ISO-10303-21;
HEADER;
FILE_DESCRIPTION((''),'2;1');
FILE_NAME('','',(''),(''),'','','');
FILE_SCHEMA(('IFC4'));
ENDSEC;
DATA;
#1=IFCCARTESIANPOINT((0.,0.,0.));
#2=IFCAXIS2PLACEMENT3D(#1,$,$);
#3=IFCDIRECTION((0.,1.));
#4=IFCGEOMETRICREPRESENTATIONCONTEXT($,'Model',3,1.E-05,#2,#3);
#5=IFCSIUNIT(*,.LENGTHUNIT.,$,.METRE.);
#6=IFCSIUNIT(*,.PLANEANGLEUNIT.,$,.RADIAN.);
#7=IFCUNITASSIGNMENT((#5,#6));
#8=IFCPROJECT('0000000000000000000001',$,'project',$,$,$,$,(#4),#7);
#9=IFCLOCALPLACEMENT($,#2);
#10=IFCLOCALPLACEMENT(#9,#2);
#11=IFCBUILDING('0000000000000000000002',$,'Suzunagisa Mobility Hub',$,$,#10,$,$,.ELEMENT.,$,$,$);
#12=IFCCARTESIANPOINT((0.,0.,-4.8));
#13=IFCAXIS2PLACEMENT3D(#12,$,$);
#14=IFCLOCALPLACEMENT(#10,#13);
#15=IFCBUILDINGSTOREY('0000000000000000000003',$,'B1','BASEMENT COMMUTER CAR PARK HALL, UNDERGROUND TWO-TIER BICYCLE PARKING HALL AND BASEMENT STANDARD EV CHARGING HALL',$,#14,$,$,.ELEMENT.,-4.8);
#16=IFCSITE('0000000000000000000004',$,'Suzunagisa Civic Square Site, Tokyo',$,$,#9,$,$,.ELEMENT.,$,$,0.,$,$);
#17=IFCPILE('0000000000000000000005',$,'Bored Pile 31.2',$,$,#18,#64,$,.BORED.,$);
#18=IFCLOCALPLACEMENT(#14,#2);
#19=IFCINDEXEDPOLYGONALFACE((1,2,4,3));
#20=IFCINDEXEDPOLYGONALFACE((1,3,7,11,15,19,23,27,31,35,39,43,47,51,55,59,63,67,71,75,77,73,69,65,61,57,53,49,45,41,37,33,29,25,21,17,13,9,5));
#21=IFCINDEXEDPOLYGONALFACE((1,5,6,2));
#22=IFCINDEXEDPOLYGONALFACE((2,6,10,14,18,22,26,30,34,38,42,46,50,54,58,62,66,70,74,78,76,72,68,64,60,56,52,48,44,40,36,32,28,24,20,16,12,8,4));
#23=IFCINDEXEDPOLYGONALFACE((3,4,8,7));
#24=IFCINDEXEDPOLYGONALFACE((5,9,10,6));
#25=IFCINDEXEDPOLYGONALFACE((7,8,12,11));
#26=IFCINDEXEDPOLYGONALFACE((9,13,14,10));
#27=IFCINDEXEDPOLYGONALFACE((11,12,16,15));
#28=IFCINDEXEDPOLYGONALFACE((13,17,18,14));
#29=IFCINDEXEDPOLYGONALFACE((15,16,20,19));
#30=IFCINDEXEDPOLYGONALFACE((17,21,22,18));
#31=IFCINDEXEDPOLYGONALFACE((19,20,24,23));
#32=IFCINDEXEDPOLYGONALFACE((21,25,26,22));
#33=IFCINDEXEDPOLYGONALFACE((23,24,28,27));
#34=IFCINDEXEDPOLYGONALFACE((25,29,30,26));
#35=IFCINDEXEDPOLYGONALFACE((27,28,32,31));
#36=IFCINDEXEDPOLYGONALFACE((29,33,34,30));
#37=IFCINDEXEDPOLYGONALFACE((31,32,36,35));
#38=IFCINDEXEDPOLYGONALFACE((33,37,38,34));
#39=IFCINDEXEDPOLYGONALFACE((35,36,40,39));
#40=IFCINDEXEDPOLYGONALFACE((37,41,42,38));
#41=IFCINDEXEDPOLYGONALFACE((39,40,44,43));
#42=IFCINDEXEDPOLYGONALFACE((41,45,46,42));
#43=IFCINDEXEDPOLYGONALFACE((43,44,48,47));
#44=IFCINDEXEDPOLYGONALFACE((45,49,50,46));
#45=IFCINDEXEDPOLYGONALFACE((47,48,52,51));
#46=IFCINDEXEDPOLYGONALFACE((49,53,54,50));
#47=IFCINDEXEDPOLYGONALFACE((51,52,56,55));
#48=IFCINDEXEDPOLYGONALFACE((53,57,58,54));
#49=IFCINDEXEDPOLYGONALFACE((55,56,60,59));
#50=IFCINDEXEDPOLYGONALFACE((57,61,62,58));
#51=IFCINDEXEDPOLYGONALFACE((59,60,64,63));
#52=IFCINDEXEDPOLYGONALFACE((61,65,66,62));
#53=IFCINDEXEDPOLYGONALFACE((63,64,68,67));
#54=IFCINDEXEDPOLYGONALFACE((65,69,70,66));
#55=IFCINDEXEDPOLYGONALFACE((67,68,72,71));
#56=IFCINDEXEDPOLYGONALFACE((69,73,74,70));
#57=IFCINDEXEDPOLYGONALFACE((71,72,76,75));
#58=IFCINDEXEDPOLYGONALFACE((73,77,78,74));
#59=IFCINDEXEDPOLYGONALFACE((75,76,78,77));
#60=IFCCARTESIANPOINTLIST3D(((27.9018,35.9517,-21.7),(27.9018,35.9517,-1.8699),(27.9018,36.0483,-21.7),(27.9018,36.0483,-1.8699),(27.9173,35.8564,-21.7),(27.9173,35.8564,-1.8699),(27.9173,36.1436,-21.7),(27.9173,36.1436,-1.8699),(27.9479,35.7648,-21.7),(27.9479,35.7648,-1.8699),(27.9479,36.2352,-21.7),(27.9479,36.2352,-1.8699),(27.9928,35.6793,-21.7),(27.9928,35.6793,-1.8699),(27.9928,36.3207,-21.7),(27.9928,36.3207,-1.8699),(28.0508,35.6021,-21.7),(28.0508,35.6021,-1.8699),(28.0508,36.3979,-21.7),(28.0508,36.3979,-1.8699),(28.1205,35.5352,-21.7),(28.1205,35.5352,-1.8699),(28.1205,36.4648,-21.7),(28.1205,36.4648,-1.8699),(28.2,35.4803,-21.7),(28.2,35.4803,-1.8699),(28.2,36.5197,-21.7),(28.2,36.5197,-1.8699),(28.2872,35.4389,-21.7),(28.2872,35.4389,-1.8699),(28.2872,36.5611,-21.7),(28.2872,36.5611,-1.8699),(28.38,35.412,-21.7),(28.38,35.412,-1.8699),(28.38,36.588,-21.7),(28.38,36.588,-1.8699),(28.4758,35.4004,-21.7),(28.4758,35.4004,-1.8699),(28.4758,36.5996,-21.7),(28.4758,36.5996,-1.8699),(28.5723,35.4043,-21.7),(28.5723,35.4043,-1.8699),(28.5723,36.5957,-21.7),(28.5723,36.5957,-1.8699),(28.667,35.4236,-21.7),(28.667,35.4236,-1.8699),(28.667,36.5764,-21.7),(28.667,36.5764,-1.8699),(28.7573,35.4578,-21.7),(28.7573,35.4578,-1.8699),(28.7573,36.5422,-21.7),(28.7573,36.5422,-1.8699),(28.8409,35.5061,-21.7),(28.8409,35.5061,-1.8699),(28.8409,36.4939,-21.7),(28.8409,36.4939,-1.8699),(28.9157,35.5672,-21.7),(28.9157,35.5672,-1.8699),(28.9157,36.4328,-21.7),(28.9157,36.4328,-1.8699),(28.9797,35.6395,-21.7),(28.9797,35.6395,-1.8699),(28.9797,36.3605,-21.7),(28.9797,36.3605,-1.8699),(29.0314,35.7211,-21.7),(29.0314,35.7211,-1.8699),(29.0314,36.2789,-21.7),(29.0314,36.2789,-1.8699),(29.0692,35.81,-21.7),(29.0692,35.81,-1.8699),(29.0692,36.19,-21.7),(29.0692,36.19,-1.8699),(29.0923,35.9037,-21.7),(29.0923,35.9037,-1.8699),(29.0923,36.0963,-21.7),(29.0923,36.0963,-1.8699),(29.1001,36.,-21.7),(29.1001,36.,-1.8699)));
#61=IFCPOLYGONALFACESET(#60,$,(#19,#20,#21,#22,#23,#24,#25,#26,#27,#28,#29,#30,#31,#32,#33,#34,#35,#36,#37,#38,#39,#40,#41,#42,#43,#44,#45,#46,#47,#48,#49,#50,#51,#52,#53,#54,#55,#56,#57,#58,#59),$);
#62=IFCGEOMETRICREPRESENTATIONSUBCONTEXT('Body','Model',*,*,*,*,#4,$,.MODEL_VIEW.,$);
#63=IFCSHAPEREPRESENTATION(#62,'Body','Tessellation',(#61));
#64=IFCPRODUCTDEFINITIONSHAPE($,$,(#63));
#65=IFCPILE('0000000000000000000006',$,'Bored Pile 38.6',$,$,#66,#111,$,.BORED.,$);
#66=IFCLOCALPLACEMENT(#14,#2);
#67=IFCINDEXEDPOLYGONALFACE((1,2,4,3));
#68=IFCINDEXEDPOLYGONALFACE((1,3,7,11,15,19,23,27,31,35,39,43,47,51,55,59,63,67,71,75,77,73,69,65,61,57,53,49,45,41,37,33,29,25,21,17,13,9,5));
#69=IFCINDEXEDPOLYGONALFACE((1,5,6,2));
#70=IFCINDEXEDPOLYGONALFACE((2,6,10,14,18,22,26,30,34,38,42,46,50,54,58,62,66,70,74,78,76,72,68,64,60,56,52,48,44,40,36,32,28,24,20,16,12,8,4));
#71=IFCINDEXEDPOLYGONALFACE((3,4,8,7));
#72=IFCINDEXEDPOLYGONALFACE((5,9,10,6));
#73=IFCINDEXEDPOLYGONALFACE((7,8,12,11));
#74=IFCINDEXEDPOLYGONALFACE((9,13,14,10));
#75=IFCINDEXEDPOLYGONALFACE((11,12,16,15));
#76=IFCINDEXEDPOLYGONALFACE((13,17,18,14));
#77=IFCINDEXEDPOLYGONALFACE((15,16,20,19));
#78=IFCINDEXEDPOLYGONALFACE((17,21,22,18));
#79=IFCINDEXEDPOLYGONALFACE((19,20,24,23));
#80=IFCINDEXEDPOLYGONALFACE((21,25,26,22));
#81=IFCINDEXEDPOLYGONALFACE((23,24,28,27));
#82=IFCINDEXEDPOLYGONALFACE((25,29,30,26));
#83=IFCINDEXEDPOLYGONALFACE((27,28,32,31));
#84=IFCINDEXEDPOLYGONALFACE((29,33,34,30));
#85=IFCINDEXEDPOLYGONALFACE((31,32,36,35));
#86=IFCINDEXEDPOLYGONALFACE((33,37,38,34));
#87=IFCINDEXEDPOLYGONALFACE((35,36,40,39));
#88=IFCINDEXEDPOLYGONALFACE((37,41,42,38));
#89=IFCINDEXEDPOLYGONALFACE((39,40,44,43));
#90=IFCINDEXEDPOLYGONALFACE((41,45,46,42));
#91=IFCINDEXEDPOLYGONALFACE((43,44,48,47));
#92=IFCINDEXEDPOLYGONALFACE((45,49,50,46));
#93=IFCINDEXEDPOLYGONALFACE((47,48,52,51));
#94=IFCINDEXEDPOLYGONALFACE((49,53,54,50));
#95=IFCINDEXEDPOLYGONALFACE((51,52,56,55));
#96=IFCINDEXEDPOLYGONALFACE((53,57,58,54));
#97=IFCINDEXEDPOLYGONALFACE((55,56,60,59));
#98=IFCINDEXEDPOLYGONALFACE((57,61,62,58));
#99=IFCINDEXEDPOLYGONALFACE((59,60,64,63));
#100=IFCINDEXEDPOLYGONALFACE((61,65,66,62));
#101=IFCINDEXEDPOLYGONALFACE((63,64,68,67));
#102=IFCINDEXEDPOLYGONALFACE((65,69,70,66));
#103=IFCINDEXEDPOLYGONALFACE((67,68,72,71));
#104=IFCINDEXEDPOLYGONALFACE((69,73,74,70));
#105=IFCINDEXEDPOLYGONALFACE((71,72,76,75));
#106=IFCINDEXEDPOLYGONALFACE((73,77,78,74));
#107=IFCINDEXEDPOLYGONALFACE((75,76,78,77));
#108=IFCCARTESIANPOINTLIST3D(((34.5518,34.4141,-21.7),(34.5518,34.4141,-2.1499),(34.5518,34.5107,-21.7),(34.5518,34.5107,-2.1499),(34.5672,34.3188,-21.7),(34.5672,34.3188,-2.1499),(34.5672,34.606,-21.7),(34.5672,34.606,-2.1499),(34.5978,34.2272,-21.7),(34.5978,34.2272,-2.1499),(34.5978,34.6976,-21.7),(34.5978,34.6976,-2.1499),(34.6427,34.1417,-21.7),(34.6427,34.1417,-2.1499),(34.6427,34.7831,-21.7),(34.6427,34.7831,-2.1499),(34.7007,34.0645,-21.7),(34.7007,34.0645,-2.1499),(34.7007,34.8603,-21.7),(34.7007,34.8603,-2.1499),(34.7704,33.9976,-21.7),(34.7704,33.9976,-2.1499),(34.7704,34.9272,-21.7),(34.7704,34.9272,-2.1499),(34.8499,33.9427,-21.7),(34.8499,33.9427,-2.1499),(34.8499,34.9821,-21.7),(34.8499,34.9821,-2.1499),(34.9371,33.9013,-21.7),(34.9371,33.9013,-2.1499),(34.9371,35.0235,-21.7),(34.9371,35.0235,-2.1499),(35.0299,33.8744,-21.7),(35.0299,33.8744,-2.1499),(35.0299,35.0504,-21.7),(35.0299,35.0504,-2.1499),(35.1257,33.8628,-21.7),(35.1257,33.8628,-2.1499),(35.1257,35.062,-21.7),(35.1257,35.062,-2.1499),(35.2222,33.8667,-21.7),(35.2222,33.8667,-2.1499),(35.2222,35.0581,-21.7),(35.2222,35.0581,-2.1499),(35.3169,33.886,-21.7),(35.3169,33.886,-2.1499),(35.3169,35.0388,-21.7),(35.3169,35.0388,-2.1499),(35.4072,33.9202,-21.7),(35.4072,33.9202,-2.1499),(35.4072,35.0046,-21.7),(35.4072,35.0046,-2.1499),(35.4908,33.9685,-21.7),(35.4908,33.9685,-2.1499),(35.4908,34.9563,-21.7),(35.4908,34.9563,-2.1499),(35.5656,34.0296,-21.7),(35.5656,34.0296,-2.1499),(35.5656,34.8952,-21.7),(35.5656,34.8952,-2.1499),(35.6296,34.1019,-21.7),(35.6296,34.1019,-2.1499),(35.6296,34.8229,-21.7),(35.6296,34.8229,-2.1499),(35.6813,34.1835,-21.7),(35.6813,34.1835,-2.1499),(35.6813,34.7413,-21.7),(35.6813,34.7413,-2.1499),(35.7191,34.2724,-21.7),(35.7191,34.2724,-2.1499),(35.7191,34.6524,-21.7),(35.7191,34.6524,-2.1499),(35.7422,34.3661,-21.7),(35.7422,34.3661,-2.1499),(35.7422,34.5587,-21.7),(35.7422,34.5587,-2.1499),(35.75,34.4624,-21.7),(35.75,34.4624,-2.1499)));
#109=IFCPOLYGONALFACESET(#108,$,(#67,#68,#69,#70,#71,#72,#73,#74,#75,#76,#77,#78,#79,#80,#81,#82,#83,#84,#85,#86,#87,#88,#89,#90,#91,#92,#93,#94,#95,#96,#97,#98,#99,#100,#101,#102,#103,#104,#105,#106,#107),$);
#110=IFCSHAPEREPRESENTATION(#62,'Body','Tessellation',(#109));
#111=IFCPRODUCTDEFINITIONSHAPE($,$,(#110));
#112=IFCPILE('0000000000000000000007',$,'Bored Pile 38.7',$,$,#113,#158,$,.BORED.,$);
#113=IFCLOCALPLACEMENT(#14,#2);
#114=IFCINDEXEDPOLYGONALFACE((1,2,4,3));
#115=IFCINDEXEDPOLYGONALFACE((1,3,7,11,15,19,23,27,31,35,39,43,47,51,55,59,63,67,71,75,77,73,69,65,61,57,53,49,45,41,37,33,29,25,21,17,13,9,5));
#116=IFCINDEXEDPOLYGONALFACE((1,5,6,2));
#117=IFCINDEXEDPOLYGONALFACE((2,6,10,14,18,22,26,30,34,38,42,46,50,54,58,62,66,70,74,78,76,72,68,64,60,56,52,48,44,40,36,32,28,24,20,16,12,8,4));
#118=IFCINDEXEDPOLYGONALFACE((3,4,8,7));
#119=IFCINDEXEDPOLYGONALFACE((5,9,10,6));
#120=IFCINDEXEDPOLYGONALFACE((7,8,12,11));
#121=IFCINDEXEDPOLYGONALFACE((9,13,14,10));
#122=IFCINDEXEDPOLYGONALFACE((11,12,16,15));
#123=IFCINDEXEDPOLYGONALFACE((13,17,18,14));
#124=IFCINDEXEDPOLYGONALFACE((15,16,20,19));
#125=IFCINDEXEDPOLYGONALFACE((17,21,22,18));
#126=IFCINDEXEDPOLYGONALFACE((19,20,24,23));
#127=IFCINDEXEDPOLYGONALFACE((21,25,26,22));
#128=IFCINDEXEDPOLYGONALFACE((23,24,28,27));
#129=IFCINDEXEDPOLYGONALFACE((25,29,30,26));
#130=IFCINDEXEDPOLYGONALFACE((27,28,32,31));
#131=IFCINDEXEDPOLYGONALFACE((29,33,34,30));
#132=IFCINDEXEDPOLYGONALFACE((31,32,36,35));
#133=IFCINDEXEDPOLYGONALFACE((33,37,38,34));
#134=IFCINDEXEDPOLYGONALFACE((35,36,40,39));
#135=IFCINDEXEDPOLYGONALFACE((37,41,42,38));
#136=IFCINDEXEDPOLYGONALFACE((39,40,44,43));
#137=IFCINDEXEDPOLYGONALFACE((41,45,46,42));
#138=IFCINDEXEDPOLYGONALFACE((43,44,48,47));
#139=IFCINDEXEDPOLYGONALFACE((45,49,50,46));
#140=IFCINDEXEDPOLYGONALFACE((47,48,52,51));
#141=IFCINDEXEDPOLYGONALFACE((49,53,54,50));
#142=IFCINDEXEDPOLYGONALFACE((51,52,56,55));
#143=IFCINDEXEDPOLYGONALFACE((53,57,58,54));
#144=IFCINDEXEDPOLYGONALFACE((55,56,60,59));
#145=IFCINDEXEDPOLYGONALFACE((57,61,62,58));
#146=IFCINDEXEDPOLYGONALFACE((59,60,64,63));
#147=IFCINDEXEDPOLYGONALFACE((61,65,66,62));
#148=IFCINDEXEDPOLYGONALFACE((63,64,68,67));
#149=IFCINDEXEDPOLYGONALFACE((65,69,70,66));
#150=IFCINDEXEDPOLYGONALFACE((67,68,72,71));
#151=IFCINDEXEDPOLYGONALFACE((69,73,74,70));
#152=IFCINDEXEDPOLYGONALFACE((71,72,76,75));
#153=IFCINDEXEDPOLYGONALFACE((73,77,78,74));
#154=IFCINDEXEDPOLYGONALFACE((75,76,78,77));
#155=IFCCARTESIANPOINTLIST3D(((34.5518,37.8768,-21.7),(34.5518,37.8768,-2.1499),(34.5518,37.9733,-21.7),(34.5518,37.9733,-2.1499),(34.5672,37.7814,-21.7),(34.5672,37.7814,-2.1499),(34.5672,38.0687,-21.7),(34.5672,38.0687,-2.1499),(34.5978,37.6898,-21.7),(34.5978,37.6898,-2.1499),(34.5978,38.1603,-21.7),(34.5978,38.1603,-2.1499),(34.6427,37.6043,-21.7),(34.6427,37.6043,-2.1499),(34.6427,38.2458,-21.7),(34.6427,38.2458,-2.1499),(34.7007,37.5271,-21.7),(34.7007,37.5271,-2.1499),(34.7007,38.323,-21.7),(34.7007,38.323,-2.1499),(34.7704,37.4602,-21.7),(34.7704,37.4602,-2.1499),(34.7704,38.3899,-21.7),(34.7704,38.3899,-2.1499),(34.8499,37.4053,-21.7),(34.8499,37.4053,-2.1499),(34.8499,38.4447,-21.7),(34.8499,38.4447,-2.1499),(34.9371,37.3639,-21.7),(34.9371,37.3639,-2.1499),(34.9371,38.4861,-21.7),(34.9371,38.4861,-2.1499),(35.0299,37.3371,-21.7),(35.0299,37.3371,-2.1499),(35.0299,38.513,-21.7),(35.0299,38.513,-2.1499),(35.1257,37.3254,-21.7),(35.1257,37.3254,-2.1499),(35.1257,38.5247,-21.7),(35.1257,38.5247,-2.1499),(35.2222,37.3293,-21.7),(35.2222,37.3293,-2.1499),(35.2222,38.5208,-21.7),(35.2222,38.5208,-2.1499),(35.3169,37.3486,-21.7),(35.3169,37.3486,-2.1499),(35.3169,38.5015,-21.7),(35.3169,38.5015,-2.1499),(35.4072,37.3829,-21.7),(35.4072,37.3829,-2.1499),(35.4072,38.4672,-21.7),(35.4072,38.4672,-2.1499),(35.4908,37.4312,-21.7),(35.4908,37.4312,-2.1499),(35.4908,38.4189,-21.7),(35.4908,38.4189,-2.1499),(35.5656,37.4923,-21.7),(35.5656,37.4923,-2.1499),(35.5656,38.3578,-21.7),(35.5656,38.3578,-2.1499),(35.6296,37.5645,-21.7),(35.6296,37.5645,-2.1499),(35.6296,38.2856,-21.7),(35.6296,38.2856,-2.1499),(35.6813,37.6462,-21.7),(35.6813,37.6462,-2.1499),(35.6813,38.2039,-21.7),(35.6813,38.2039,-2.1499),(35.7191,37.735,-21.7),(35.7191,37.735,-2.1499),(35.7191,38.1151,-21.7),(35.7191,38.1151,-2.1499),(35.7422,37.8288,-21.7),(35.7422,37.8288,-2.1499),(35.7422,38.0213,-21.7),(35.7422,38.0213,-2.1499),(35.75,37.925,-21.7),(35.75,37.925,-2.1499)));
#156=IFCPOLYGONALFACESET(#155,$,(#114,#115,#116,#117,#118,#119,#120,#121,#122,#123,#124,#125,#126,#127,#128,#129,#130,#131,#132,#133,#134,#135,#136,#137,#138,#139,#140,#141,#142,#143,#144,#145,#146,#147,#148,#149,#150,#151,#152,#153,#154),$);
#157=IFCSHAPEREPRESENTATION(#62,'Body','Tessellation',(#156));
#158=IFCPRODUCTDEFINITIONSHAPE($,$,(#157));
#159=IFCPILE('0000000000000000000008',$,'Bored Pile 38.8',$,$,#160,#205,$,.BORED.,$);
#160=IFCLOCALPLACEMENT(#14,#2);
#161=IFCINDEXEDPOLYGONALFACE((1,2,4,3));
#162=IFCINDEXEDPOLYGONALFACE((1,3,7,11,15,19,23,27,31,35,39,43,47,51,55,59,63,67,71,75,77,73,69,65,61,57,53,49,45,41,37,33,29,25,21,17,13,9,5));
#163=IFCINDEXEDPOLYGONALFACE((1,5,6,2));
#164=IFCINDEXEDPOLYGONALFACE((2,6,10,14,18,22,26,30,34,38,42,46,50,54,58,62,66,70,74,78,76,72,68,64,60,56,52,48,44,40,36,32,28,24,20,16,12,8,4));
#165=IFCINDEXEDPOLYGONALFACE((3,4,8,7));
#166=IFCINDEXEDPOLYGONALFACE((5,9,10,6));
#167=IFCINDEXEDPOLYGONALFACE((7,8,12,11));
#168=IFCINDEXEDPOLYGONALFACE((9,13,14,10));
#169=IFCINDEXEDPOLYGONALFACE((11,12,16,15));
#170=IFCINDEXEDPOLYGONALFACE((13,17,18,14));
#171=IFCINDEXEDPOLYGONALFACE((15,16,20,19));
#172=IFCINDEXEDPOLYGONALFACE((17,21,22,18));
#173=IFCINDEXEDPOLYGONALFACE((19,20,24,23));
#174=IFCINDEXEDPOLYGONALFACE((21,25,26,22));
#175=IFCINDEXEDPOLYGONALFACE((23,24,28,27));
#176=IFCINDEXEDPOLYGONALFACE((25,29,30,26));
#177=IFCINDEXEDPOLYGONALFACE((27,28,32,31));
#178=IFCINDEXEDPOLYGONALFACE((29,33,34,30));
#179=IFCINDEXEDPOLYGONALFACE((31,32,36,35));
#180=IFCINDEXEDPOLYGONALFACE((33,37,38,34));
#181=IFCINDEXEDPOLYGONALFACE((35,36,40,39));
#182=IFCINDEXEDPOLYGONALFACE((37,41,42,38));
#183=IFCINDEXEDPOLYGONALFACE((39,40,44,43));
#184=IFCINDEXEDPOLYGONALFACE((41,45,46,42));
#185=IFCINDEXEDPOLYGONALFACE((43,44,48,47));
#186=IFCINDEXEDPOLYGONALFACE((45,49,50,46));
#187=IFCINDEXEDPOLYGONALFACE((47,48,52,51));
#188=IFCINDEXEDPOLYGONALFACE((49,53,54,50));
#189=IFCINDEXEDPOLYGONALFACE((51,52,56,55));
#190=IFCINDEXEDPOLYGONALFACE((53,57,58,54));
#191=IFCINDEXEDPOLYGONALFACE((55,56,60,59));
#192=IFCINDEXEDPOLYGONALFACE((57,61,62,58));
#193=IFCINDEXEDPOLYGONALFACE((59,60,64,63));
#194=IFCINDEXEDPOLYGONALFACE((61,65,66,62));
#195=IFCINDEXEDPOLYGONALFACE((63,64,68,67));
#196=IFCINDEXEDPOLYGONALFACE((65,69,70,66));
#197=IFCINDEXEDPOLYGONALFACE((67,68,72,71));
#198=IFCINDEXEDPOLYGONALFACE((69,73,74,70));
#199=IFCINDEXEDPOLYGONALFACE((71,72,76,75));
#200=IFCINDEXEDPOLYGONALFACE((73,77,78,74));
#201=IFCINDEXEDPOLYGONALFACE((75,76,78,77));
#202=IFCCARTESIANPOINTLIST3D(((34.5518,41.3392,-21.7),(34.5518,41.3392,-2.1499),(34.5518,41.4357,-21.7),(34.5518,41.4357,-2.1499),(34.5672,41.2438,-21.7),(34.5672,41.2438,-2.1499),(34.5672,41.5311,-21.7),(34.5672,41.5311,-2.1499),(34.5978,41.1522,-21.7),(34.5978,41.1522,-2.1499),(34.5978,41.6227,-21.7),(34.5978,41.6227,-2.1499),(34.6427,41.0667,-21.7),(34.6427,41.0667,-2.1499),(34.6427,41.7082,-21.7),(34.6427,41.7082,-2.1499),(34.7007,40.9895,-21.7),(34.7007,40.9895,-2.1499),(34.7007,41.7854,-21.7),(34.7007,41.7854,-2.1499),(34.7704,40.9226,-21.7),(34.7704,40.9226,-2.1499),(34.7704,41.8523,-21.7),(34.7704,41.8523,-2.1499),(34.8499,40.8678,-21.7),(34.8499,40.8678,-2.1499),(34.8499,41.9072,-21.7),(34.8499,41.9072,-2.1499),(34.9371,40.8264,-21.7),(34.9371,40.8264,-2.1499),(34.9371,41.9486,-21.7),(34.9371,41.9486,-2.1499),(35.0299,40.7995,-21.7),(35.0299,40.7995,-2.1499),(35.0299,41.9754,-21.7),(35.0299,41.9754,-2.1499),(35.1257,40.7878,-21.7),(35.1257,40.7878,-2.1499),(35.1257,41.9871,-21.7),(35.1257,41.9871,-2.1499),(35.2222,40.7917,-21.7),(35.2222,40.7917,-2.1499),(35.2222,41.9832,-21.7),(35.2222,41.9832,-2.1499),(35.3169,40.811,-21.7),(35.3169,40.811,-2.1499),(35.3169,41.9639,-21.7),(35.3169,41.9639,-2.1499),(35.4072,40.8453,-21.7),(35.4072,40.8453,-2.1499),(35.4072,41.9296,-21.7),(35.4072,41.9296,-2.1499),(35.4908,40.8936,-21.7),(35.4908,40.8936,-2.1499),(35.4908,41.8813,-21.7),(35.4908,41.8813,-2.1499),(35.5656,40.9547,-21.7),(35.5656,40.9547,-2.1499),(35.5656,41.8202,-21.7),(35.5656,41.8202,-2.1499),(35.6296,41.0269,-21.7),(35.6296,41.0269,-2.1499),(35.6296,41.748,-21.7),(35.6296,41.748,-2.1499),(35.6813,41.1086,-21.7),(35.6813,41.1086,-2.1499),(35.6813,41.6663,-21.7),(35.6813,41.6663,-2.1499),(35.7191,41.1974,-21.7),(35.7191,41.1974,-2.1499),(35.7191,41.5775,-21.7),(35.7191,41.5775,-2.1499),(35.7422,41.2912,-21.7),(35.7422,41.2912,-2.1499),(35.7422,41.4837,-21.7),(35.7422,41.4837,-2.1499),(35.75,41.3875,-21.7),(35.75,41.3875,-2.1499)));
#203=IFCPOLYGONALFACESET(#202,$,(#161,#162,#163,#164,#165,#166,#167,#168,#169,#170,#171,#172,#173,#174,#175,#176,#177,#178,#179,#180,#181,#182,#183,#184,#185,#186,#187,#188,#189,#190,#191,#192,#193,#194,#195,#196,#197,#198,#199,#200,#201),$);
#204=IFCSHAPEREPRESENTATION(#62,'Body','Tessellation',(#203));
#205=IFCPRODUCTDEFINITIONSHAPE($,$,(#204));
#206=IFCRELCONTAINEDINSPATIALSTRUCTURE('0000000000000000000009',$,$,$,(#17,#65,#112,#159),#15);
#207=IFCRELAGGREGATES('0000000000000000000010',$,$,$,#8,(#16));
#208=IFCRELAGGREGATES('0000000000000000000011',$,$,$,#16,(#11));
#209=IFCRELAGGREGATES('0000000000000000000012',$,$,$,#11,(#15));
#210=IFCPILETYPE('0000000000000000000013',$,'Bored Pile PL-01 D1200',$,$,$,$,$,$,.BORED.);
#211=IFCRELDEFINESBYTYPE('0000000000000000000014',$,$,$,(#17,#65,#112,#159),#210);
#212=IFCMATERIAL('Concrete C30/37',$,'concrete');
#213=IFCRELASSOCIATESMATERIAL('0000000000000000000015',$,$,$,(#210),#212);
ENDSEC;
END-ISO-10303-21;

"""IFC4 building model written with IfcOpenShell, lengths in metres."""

from ifc_helpers import new_model, si_unit, direction, frame, origin, origin_2d, place, context, subcontext, project, spatial, circle, extrude, material, material_profile, profile_set, type_object, element, save


model = new_model("IFC4")

# Units and contexts
model_context = context("Model", 3, precision=1e-05, world=origin(), true_north=direction((0.0, 1.0)))
body_context = subcontext(model_context, "Body", "Model", "MODEL_VIEW")
ifc_project = project(units=[si_unit("LENGTHUNIT", "METRE"), si_unit("PLANEANGLEUNIT", "RADIAN")], contexts=[model_context])

# Site, building, storey
site_placement = place(None, origin())
site = spatial("IfcSite", under=ifc_project, at=site_placement, Name="Suzunagisa Civic Square Site, Tokyo", CompositionType="ELEMENT", RefElevation=0.0)
building_placement = place(site_placement, origin())
building = spatial("IfcBuilding", under=site, at=building_placement, Name="Suzunagisa Mobility Hub", CompositionType="ELEMENT")
storey_placement = place(building_placement, frame((0.0, 0.0, -4.8)))
storey = spatial("IfcBuildingStorey", under=building, at=storey_placement, Name="B1", Description="BASEMENT COMMUTER CAR PARK HALL, UNDERGROUND TWO-TIER BICYCLE PARKING HALL AND BASEMENT STANDARD EV CHARGING HALL", CompositionType="ELEMENT", Elevation=-4.8)

# Piles
ifc_material_1 = material(Name="Concrete C30/37", Category="concrete")
ifc_material_profile_1 = material_profile(ifc_material_1, circle(Radius=0.6001, at=origin_2d()), Name="BORED PILE D1200")
ifc_profile_set_1 = profile_set([ifc_material_profile_1], Name="Concrete C30/37")
pile_type = type_object("IfcPileType", Name="Bored Pile PL-01 D1200", PredefinedType="BORED", material=ifc_profile_set_1)
pile_placement = place(storey_placement, frame((28.5, 36.0, -1.8699), z_axis=(0.0, 0.0, -1.0), x_axis=(1.0, 0.0, 0.0)))
element("IfcPile", 1, at=pile_placement, inside=storey, type_object=pile_type, Name="Bored Pile 31.2", PredefinedType="BORED", context=body_context, shape_type="SweptSolid", body=[
    extrude(circle(Radius=0.6001, at=origin_2d()), origin(), (0.0, 0.0, 1.0), 19.8301),
])
for number, where, z_axis, x_axis, name in (
    (2, (35.1499, 34.4624, -2.1499), (0.0, 0.0, -1.0), (1.0, 0.0, 0.0), "Bored Pile 38.6"),
    (3, (35.1499, 37.925, -2.1499), (0.0, 0.0, -1.0), (1.0, 0.0, 0.0), "Bored Pile 38.7"),
    (4, (35.1499, 41.3875, -2.1499), (0.0, 0.0, -1.0), (1.0, 0.0, 0.0), "Bored Pile 38.8"),
):
    element("IfcPile", number, at=place(storey_placement, frame(where, z_axis=z_axis, x_axis=x_axis)), inside=storey, type_object=pile_type, Name=name, PredefinedType="BORED", context=body_context, shape_type="SweptSolid", body=[
        extrude(circle(Radius=0.6001, at=origin_2d()), origin(), (0.0, 0.0, 1.0), 19.55),
    ])

save(model, "model.ifc")
